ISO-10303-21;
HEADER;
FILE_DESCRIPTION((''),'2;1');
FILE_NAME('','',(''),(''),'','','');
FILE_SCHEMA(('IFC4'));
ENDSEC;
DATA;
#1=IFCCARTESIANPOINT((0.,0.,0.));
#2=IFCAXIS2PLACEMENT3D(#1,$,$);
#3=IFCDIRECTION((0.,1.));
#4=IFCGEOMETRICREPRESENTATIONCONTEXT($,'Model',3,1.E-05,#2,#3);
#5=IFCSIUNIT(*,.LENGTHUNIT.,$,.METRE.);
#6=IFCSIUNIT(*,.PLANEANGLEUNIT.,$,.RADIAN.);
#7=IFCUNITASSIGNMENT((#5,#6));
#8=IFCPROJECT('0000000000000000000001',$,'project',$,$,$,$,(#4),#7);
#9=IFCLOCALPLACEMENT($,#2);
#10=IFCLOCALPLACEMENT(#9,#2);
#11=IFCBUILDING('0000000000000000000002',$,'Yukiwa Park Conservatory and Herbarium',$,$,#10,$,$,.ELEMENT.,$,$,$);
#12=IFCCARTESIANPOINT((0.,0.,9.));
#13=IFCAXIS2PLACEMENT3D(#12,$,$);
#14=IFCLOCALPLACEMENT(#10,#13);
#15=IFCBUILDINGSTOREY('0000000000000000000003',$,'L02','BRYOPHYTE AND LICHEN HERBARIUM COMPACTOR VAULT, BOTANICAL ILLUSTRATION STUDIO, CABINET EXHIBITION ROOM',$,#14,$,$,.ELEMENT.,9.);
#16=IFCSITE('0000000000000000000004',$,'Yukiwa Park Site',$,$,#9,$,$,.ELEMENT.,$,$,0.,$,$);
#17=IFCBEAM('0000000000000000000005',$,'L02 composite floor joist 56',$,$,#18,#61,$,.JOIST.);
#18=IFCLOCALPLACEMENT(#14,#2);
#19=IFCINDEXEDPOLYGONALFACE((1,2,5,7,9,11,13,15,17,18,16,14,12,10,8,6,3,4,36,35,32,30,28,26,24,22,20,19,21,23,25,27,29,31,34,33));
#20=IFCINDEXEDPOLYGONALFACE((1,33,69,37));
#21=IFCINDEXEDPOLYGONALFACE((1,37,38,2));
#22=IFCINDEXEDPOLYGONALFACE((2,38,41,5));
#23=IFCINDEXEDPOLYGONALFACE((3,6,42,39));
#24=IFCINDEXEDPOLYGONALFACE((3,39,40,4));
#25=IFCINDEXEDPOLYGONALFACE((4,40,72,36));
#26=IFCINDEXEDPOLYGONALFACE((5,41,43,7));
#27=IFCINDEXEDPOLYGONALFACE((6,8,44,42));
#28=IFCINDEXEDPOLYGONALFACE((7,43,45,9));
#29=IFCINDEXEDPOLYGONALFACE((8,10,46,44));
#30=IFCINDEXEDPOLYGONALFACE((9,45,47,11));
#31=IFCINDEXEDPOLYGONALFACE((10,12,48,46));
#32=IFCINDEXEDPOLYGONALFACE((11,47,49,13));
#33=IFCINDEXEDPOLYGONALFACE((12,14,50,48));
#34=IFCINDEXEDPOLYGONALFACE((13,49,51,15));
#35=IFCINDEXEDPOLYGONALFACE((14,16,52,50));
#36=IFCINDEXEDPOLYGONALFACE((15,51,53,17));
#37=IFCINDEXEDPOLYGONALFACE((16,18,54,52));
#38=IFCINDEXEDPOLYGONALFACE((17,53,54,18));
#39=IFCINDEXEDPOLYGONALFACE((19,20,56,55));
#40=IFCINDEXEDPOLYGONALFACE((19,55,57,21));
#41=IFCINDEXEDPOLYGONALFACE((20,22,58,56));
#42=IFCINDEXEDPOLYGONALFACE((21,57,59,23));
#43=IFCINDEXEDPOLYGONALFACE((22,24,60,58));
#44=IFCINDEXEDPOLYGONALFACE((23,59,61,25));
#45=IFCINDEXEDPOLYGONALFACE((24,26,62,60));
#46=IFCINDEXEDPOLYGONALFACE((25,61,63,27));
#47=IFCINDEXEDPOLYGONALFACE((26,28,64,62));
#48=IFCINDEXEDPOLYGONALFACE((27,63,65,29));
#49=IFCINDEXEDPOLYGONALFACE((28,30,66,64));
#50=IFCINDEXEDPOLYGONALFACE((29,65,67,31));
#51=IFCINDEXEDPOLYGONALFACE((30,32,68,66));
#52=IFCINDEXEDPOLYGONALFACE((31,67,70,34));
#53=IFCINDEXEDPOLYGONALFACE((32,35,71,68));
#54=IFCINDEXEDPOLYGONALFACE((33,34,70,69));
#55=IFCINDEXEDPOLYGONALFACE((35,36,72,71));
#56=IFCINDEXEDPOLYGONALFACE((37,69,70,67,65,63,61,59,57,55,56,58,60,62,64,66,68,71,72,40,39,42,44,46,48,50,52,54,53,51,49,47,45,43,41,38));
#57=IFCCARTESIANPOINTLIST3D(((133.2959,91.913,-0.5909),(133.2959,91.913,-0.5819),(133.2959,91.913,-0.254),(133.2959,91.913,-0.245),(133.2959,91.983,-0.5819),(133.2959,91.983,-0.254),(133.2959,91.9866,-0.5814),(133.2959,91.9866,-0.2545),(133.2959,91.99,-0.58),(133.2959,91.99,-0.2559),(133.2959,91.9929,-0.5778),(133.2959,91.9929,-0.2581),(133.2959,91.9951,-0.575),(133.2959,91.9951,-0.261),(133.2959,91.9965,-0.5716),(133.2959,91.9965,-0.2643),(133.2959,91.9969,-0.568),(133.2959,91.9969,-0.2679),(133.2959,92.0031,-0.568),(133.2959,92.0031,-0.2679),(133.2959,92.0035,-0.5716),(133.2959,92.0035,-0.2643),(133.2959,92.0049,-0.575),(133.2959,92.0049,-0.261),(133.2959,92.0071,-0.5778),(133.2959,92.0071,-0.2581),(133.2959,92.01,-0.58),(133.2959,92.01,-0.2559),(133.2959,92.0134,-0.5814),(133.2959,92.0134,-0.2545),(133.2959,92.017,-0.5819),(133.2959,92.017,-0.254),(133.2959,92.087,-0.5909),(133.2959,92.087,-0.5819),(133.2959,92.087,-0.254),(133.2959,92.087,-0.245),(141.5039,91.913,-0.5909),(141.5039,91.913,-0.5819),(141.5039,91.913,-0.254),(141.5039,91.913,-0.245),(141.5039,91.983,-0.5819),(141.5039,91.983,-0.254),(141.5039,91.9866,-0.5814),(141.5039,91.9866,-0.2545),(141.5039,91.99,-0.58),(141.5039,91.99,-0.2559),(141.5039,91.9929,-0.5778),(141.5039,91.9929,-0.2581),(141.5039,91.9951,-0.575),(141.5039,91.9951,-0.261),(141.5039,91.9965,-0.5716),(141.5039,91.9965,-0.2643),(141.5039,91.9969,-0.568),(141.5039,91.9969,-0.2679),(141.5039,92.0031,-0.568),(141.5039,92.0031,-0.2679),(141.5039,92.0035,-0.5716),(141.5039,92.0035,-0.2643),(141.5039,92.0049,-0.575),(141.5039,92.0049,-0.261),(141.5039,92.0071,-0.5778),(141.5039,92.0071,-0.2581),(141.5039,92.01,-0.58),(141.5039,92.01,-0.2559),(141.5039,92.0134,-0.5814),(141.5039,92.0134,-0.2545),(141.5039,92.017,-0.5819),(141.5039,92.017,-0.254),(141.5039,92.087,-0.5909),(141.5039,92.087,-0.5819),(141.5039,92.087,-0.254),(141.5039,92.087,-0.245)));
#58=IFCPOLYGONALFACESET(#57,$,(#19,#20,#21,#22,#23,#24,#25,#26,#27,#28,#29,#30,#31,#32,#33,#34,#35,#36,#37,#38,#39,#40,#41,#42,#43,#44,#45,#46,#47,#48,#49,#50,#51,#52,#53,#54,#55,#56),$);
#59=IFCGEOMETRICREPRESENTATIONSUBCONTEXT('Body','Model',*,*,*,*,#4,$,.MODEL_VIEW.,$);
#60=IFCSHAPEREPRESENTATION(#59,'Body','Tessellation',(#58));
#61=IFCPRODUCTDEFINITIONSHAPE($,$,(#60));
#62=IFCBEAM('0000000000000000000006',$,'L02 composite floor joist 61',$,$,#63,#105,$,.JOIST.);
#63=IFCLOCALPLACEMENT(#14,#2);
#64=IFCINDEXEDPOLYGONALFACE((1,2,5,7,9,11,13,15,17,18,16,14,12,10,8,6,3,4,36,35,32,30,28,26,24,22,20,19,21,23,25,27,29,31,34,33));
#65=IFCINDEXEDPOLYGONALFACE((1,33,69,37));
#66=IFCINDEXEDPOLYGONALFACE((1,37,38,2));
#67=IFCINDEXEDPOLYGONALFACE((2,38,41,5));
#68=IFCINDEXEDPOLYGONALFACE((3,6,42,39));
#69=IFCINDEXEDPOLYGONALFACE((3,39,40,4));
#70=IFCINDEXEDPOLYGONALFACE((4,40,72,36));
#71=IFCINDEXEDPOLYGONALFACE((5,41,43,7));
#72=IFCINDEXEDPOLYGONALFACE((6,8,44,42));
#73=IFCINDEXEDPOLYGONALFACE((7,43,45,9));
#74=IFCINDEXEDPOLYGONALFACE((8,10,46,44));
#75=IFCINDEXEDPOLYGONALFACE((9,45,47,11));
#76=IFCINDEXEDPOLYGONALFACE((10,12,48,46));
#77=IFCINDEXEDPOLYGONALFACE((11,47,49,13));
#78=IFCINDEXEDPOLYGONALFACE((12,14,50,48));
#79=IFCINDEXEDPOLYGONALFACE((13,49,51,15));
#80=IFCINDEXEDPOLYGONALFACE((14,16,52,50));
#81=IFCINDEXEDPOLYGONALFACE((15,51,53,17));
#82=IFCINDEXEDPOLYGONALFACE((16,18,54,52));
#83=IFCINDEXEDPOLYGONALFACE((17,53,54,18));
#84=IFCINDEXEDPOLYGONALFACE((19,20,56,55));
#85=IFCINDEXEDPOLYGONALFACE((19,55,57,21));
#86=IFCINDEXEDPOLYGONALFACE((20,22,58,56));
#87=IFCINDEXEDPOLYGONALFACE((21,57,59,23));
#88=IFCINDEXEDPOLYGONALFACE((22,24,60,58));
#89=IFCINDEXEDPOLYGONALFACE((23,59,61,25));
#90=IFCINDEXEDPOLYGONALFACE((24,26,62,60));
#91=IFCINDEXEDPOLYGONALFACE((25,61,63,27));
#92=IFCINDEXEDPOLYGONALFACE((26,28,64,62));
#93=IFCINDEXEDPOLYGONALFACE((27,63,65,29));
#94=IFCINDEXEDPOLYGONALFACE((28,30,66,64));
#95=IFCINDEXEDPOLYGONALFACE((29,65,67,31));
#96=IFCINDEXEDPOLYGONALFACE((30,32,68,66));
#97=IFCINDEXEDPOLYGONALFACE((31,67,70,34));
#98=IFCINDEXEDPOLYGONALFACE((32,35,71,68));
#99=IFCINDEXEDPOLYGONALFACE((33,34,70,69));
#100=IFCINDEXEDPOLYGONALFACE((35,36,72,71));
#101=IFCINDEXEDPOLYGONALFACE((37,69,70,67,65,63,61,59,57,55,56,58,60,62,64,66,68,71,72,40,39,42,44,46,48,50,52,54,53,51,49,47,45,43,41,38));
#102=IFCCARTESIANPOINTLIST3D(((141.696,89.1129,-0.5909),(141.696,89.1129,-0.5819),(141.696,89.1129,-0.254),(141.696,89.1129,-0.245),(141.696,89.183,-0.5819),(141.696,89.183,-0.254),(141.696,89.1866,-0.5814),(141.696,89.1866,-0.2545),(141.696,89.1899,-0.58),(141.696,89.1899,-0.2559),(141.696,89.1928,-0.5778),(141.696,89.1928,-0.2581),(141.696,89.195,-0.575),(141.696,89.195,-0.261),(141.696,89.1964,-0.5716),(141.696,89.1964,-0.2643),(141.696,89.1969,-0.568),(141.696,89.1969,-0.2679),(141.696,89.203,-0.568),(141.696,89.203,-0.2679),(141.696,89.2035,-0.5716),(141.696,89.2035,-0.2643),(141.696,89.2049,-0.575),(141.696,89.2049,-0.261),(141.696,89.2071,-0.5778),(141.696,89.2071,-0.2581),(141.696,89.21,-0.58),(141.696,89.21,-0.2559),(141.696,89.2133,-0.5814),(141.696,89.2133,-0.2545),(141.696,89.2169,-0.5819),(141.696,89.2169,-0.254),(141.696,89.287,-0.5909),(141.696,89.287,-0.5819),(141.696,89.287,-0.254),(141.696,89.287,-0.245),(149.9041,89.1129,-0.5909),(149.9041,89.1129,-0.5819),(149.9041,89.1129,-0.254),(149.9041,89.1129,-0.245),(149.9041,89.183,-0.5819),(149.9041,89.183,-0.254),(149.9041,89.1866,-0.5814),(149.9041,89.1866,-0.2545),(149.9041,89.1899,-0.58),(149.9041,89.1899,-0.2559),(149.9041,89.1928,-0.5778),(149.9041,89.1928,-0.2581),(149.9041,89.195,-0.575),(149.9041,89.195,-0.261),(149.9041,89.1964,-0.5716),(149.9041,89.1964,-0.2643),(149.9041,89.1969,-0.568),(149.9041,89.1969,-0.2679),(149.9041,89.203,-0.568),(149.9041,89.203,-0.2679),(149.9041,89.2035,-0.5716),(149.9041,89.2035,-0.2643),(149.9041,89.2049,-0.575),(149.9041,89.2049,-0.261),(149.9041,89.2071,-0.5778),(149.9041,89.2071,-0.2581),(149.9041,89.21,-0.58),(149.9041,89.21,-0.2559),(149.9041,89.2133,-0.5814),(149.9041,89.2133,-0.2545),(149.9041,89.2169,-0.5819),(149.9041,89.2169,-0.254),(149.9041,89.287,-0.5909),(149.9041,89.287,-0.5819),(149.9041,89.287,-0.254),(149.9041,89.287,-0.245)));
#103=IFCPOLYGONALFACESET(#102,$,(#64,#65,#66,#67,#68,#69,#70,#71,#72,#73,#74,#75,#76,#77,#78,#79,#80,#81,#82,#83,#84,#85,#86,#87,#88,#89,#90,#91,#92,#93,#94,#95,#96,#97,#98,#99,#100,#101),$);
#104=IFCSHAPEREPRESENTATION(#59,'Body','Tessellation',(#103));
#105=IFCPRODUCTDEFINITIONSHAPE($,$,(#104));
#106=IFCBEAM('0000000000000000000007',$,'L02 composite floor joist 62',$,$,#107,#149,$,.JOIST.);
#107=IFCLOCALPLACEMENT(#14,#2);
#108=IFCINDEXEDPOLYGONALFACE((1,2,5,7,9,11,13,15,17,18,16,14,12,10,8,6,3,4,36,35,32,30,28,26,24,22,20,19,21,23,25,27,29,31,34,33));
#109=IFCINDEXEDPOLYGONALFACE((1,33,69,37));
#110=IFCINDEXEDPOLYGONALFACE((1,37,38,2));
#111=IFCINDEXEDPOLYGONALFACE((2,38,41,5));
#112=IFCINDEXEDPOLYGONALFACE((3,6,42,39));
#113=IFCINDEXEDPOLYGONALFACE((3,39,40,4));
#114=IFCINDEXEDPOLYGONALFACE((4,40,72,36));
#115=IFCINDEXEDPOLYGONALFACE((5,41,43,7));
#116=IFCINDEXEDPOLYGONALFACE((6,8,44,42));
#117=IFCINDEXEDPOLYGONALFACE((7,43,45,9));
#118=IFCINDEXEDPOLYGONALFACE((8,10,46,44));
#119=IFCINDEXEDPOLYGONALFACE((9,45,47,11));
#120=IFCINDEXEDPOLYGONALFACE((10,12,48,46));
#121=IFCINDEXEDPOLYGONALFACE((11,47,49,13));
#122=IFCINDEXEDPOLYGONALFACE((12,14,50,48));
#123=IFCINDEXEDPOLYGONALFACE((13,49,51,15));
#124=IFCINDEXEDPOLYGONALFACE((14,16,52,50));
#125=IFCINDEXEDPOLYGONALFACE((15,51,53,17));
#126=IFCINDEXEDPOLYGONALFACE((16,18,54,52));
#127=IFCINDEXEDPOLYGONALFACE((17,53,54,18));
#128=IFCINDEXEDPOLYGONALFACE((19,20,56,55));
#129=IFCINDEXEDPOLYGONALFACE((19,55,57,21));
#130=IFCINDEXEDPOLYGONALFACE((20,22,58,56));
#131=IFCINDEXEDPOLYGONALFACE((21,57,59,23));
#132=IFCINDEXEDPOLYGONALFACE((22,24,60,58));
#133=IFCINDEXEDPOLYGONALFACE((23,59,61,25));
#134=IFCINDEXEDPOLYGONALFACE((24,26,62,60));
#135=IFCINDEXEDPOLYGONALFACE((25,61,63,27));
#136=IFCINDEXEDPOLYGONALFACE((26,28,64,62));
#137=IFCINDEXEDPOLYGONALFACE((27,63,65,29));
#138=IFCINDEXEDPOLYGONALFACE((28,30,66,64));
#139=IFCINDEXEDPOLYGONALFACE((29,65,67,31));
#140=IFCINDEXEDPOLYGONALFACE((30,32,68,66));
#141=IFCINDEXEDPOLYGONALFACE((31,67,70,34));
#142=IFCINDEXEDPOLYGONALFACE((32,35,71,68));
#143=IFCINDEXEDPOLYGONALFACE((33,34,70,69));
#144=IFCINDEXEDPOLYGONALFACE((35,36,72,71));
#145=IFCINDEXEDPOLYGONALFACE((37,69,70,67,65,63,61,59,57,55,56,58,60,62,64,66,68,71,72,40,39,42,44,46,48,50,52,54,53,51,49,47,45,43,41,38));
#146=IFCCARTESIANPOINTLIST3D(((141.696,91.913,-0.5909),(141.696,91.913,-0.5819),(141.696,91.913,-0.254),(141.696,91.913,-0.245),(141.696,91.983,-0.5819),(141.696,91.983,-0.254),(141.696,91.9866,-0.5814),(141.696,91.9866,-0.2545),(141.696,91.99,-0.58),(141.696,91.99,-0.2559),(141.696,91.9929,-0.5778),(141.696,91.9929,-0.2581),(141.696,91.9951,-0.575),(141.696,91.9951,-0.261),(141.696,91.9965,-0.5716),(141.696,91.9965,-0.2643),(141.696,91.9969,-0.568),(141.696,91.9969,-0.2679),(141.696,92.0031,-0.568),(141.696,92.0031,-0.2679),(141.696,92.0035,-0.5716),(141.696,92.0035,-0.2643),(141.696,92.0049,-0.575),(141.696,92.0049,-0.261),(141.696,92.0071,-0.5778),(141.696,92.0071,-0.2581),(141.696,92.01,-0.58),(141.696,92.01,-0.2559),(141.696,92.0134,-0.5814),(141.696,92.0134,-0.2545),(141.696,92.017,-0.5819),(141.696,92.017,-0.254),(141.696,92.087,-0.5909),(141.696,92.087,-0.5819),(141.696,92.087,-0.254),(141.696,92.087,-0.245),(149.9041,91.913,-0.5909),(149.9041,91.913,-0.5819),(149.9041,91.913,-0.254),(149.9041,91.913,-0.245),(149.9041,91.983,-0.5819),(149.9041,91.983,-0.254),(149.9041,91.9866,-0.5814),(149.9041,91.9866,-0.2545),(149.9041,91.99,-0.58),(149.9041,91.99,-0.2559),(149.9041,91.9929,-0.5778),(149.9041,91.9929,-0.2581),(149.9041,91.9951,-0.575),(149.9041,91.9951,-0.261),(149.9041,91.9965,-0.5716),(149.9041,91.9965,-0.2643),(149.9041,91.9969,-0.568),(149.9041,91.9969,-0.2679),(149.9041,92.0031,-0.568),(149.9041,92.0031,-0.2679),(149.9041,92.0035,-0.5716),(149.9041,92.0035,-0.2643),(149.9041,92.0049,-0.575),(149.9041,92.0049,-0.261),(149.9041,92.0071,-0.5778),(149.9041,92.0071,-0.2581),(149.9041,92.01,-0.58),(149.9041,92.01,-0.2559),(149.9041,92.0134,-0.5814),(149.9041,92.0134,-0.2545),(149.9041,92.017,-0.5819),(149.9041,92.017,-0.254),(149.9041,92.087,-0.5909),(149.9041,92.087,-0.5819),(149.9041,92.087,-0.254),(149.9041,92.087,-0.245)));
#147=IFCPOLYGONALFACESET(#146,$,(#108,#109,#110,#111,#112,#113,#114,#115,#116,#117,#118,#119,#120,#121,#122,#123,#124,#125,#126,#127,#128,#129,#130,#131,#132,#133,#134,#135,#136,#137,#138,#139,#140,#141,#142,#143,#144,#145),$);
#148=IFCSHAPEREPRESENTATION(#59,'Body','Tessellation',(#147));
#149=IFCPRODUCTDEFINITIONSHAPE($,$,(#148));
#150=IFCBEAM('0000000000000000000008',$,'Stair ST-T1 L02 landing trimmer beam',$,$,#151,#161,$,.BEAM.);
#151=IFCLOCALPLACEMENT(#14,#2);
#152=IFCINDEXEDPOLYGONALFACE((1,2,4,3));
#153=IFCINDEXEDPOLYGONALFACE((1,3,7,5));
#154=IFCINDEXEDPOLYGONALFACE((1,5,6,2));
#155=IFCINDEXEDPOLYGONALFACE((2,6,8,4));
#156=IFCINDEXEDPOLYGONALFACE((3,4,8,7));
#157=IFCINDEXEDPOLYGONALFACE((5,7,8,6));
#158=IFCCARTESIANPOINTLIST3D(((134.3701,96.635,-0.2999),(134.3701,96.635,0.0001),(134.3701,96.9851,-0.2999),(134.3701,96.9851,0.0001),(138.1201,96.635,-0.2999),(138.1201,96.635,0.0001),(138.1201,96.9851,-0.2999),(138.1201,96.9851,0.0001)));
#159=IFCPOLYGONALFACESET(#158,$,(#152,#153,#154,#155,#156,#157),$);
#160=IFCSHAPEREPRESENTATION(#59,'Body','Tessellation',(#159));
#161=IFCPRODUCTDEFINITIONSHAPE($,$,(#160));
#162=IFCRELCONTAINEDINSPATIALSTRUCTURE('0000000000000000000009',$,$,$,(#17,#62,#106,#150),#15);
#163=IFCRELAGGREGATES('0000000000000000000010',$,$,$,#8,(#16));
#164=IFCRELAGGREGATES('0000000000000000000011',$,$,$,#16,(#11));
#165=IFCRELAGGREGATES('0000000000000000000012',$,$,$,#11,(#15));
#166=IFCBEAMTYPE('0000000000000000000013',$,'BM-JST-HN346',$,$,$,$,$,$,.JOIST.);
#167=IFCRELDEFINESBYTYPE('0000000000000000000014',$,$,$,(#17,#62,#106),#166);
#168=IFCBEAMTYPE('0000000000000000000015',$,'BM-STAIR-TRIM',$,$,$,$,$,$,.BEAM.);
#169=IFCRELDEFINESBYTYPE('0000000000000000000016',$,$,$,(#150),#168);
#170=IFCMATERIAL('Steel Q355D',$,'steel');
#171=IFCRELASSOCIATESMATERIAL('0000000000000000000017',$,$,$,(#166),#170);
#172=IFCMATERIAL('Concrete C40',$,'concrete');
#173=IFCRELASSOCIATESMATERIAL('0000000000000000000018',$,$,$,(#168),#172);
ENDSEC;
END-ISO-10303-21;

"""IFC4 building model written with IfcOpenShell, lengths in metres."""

from ifc_helpers import new_model, si_unit, direction, frame, origin, origin_2d, place, context, subcontext, project, spatial, rectangle, i_section, extrude, material, material_profile, profile_set, type_object, element, save


model = new_model("IFC4")

# Units and contexts
model_context = context("Model", 3, precision=1e-05, world=origin(), true_north=direction((0.0, 1.0)))
body_context = subcontext(model_context, "Body", "Model", "MODEL_VIEW")
ifc_project = project(units=[si_unit("LENGTHUNIT", "METRE"), si_unit("PLANEANGLEUNIT", "RADIAN")], contexts=[model_context])

# Site, building, storey
site_placement = place(None, origin())
site = spatial("IfcSite", under=ifc_project, at=site_placement, Name="Yukiwa Park Site", CompositionType="ELEMENT", RefElevation=0.0)
building_placement = place(site_placement, origin())
building = spatial("IfcBuilding", under=site, at=building_placement, Name="Yukiwa Park Conservatory and Herbarium", CompositionType="ELEMENT")
storey_placement = place(building_placement, frame((0.0, 0.0, 9.0)))
storey = spatial("IfcBuildingStorey", under=building, at=storey_placement, Name="L02", Description="BRYOPHYTE AND LICHEN HERBARIUM COMPACTOR VAULT, BOTANICAL ILLUSTRATION STUDIO, CABINET EXHIBITION ROOM", CompositionType="ELEMENT", Elevation=9.0)

# Beams
ifc_material_1 = material(Name="Steel Q355D", Category="steel")
ifc_material_profile_1 = material_profile(ifc_material_1, i_section(OverallWidth=0.1741, OverallDepth=0.3459, WebThickness=0.0061, FlangeThickness=0.009, FilletRadius=0.0139, at=origin_2d()), Name="HN 346x174x6x9")
ifc_profile_set_1 = profile_set([ifc_material_profile_1], Name="Steel Q355D")
beam_type_1 = type_object("IfcBeamType", Name="BM-JST-HN346", PredefinedType="JOIST", material=ifc_profile_set_1)
for number, where, z_axis, x_axis, name in (
    (1, (133.2959, 92.0, -0.418), (1.0, 0.0, 0.0), (0.0, 1.0, 0.0), "L02 composite floor joist 56"),
    (2, (141.696, 89.2, -0.418), (1.0, 0.0, 0.0), (0.0, 1.0, 0.0), "L02 composite floor joist 61"),
    (3, (141.696, 92.0, -0.418), (1.0, 0.0, 0.0), (0.0, 1.0, 0.0), "L02 composite floor joist 62"),
):
    element("IfcBeam", number, at=place(storey_placement, frame(where, z_axis=z_axis, x_axis=x_axis)), inside=storey, type_object=beam_type_1, Name=name, PredefinedType="JOIST", context=body_context, shape_type="SweptSolid", body=[
        extrude(i_section(OverallWidth=0.1741, OverallDepth=0.3459, WebThickness=0.0061, FlangeThickness=0.009, FilletRadius=0.0139, at=origin_2d()), origin(), (0.0, 0.0, 1.0), 8.208),
    ])
ifc_material_2 = material(Name="Concrete C40", Category="concrete")
ifc_material_profile_2 = material_profile(ifc_material_2, rectangle(XDim=0.3501, YDim=0.3, at=origin_2d()), Name="RC 350x300")
ifc_profile_set_2 = profile_set([ifc_material_profile_2], Name="Concrete C40")
beam_type_2 = type_object("IfcBeamType", Name="BM-STAIR-TRIM", PredefinedType="BEAM", material=ifc_profile_set_2)
beam_1_placement = place(storey_placement, frame((134.3701, 96.8101, -0.1499), z_axis=(1.0, 0.0, 0.0), x_axis=(0.0, 1.0, 0.0)))
element("IfcBeam", 4, at=beam_1_placement, inside=storey, type_object=beam_type_2, Name="Stair ST-T1 L02 landing trimmer beam", PredefinedType="BEAM", context=body_context, shape_type="SweptSolid", body=[
    extrude(rectangle(XDim=0.3501, YDim=0.3, at=origin_2d()), origin(), (0.0, 0.0, 1.0), 3.75),
])

save(model, "model.ifc")
